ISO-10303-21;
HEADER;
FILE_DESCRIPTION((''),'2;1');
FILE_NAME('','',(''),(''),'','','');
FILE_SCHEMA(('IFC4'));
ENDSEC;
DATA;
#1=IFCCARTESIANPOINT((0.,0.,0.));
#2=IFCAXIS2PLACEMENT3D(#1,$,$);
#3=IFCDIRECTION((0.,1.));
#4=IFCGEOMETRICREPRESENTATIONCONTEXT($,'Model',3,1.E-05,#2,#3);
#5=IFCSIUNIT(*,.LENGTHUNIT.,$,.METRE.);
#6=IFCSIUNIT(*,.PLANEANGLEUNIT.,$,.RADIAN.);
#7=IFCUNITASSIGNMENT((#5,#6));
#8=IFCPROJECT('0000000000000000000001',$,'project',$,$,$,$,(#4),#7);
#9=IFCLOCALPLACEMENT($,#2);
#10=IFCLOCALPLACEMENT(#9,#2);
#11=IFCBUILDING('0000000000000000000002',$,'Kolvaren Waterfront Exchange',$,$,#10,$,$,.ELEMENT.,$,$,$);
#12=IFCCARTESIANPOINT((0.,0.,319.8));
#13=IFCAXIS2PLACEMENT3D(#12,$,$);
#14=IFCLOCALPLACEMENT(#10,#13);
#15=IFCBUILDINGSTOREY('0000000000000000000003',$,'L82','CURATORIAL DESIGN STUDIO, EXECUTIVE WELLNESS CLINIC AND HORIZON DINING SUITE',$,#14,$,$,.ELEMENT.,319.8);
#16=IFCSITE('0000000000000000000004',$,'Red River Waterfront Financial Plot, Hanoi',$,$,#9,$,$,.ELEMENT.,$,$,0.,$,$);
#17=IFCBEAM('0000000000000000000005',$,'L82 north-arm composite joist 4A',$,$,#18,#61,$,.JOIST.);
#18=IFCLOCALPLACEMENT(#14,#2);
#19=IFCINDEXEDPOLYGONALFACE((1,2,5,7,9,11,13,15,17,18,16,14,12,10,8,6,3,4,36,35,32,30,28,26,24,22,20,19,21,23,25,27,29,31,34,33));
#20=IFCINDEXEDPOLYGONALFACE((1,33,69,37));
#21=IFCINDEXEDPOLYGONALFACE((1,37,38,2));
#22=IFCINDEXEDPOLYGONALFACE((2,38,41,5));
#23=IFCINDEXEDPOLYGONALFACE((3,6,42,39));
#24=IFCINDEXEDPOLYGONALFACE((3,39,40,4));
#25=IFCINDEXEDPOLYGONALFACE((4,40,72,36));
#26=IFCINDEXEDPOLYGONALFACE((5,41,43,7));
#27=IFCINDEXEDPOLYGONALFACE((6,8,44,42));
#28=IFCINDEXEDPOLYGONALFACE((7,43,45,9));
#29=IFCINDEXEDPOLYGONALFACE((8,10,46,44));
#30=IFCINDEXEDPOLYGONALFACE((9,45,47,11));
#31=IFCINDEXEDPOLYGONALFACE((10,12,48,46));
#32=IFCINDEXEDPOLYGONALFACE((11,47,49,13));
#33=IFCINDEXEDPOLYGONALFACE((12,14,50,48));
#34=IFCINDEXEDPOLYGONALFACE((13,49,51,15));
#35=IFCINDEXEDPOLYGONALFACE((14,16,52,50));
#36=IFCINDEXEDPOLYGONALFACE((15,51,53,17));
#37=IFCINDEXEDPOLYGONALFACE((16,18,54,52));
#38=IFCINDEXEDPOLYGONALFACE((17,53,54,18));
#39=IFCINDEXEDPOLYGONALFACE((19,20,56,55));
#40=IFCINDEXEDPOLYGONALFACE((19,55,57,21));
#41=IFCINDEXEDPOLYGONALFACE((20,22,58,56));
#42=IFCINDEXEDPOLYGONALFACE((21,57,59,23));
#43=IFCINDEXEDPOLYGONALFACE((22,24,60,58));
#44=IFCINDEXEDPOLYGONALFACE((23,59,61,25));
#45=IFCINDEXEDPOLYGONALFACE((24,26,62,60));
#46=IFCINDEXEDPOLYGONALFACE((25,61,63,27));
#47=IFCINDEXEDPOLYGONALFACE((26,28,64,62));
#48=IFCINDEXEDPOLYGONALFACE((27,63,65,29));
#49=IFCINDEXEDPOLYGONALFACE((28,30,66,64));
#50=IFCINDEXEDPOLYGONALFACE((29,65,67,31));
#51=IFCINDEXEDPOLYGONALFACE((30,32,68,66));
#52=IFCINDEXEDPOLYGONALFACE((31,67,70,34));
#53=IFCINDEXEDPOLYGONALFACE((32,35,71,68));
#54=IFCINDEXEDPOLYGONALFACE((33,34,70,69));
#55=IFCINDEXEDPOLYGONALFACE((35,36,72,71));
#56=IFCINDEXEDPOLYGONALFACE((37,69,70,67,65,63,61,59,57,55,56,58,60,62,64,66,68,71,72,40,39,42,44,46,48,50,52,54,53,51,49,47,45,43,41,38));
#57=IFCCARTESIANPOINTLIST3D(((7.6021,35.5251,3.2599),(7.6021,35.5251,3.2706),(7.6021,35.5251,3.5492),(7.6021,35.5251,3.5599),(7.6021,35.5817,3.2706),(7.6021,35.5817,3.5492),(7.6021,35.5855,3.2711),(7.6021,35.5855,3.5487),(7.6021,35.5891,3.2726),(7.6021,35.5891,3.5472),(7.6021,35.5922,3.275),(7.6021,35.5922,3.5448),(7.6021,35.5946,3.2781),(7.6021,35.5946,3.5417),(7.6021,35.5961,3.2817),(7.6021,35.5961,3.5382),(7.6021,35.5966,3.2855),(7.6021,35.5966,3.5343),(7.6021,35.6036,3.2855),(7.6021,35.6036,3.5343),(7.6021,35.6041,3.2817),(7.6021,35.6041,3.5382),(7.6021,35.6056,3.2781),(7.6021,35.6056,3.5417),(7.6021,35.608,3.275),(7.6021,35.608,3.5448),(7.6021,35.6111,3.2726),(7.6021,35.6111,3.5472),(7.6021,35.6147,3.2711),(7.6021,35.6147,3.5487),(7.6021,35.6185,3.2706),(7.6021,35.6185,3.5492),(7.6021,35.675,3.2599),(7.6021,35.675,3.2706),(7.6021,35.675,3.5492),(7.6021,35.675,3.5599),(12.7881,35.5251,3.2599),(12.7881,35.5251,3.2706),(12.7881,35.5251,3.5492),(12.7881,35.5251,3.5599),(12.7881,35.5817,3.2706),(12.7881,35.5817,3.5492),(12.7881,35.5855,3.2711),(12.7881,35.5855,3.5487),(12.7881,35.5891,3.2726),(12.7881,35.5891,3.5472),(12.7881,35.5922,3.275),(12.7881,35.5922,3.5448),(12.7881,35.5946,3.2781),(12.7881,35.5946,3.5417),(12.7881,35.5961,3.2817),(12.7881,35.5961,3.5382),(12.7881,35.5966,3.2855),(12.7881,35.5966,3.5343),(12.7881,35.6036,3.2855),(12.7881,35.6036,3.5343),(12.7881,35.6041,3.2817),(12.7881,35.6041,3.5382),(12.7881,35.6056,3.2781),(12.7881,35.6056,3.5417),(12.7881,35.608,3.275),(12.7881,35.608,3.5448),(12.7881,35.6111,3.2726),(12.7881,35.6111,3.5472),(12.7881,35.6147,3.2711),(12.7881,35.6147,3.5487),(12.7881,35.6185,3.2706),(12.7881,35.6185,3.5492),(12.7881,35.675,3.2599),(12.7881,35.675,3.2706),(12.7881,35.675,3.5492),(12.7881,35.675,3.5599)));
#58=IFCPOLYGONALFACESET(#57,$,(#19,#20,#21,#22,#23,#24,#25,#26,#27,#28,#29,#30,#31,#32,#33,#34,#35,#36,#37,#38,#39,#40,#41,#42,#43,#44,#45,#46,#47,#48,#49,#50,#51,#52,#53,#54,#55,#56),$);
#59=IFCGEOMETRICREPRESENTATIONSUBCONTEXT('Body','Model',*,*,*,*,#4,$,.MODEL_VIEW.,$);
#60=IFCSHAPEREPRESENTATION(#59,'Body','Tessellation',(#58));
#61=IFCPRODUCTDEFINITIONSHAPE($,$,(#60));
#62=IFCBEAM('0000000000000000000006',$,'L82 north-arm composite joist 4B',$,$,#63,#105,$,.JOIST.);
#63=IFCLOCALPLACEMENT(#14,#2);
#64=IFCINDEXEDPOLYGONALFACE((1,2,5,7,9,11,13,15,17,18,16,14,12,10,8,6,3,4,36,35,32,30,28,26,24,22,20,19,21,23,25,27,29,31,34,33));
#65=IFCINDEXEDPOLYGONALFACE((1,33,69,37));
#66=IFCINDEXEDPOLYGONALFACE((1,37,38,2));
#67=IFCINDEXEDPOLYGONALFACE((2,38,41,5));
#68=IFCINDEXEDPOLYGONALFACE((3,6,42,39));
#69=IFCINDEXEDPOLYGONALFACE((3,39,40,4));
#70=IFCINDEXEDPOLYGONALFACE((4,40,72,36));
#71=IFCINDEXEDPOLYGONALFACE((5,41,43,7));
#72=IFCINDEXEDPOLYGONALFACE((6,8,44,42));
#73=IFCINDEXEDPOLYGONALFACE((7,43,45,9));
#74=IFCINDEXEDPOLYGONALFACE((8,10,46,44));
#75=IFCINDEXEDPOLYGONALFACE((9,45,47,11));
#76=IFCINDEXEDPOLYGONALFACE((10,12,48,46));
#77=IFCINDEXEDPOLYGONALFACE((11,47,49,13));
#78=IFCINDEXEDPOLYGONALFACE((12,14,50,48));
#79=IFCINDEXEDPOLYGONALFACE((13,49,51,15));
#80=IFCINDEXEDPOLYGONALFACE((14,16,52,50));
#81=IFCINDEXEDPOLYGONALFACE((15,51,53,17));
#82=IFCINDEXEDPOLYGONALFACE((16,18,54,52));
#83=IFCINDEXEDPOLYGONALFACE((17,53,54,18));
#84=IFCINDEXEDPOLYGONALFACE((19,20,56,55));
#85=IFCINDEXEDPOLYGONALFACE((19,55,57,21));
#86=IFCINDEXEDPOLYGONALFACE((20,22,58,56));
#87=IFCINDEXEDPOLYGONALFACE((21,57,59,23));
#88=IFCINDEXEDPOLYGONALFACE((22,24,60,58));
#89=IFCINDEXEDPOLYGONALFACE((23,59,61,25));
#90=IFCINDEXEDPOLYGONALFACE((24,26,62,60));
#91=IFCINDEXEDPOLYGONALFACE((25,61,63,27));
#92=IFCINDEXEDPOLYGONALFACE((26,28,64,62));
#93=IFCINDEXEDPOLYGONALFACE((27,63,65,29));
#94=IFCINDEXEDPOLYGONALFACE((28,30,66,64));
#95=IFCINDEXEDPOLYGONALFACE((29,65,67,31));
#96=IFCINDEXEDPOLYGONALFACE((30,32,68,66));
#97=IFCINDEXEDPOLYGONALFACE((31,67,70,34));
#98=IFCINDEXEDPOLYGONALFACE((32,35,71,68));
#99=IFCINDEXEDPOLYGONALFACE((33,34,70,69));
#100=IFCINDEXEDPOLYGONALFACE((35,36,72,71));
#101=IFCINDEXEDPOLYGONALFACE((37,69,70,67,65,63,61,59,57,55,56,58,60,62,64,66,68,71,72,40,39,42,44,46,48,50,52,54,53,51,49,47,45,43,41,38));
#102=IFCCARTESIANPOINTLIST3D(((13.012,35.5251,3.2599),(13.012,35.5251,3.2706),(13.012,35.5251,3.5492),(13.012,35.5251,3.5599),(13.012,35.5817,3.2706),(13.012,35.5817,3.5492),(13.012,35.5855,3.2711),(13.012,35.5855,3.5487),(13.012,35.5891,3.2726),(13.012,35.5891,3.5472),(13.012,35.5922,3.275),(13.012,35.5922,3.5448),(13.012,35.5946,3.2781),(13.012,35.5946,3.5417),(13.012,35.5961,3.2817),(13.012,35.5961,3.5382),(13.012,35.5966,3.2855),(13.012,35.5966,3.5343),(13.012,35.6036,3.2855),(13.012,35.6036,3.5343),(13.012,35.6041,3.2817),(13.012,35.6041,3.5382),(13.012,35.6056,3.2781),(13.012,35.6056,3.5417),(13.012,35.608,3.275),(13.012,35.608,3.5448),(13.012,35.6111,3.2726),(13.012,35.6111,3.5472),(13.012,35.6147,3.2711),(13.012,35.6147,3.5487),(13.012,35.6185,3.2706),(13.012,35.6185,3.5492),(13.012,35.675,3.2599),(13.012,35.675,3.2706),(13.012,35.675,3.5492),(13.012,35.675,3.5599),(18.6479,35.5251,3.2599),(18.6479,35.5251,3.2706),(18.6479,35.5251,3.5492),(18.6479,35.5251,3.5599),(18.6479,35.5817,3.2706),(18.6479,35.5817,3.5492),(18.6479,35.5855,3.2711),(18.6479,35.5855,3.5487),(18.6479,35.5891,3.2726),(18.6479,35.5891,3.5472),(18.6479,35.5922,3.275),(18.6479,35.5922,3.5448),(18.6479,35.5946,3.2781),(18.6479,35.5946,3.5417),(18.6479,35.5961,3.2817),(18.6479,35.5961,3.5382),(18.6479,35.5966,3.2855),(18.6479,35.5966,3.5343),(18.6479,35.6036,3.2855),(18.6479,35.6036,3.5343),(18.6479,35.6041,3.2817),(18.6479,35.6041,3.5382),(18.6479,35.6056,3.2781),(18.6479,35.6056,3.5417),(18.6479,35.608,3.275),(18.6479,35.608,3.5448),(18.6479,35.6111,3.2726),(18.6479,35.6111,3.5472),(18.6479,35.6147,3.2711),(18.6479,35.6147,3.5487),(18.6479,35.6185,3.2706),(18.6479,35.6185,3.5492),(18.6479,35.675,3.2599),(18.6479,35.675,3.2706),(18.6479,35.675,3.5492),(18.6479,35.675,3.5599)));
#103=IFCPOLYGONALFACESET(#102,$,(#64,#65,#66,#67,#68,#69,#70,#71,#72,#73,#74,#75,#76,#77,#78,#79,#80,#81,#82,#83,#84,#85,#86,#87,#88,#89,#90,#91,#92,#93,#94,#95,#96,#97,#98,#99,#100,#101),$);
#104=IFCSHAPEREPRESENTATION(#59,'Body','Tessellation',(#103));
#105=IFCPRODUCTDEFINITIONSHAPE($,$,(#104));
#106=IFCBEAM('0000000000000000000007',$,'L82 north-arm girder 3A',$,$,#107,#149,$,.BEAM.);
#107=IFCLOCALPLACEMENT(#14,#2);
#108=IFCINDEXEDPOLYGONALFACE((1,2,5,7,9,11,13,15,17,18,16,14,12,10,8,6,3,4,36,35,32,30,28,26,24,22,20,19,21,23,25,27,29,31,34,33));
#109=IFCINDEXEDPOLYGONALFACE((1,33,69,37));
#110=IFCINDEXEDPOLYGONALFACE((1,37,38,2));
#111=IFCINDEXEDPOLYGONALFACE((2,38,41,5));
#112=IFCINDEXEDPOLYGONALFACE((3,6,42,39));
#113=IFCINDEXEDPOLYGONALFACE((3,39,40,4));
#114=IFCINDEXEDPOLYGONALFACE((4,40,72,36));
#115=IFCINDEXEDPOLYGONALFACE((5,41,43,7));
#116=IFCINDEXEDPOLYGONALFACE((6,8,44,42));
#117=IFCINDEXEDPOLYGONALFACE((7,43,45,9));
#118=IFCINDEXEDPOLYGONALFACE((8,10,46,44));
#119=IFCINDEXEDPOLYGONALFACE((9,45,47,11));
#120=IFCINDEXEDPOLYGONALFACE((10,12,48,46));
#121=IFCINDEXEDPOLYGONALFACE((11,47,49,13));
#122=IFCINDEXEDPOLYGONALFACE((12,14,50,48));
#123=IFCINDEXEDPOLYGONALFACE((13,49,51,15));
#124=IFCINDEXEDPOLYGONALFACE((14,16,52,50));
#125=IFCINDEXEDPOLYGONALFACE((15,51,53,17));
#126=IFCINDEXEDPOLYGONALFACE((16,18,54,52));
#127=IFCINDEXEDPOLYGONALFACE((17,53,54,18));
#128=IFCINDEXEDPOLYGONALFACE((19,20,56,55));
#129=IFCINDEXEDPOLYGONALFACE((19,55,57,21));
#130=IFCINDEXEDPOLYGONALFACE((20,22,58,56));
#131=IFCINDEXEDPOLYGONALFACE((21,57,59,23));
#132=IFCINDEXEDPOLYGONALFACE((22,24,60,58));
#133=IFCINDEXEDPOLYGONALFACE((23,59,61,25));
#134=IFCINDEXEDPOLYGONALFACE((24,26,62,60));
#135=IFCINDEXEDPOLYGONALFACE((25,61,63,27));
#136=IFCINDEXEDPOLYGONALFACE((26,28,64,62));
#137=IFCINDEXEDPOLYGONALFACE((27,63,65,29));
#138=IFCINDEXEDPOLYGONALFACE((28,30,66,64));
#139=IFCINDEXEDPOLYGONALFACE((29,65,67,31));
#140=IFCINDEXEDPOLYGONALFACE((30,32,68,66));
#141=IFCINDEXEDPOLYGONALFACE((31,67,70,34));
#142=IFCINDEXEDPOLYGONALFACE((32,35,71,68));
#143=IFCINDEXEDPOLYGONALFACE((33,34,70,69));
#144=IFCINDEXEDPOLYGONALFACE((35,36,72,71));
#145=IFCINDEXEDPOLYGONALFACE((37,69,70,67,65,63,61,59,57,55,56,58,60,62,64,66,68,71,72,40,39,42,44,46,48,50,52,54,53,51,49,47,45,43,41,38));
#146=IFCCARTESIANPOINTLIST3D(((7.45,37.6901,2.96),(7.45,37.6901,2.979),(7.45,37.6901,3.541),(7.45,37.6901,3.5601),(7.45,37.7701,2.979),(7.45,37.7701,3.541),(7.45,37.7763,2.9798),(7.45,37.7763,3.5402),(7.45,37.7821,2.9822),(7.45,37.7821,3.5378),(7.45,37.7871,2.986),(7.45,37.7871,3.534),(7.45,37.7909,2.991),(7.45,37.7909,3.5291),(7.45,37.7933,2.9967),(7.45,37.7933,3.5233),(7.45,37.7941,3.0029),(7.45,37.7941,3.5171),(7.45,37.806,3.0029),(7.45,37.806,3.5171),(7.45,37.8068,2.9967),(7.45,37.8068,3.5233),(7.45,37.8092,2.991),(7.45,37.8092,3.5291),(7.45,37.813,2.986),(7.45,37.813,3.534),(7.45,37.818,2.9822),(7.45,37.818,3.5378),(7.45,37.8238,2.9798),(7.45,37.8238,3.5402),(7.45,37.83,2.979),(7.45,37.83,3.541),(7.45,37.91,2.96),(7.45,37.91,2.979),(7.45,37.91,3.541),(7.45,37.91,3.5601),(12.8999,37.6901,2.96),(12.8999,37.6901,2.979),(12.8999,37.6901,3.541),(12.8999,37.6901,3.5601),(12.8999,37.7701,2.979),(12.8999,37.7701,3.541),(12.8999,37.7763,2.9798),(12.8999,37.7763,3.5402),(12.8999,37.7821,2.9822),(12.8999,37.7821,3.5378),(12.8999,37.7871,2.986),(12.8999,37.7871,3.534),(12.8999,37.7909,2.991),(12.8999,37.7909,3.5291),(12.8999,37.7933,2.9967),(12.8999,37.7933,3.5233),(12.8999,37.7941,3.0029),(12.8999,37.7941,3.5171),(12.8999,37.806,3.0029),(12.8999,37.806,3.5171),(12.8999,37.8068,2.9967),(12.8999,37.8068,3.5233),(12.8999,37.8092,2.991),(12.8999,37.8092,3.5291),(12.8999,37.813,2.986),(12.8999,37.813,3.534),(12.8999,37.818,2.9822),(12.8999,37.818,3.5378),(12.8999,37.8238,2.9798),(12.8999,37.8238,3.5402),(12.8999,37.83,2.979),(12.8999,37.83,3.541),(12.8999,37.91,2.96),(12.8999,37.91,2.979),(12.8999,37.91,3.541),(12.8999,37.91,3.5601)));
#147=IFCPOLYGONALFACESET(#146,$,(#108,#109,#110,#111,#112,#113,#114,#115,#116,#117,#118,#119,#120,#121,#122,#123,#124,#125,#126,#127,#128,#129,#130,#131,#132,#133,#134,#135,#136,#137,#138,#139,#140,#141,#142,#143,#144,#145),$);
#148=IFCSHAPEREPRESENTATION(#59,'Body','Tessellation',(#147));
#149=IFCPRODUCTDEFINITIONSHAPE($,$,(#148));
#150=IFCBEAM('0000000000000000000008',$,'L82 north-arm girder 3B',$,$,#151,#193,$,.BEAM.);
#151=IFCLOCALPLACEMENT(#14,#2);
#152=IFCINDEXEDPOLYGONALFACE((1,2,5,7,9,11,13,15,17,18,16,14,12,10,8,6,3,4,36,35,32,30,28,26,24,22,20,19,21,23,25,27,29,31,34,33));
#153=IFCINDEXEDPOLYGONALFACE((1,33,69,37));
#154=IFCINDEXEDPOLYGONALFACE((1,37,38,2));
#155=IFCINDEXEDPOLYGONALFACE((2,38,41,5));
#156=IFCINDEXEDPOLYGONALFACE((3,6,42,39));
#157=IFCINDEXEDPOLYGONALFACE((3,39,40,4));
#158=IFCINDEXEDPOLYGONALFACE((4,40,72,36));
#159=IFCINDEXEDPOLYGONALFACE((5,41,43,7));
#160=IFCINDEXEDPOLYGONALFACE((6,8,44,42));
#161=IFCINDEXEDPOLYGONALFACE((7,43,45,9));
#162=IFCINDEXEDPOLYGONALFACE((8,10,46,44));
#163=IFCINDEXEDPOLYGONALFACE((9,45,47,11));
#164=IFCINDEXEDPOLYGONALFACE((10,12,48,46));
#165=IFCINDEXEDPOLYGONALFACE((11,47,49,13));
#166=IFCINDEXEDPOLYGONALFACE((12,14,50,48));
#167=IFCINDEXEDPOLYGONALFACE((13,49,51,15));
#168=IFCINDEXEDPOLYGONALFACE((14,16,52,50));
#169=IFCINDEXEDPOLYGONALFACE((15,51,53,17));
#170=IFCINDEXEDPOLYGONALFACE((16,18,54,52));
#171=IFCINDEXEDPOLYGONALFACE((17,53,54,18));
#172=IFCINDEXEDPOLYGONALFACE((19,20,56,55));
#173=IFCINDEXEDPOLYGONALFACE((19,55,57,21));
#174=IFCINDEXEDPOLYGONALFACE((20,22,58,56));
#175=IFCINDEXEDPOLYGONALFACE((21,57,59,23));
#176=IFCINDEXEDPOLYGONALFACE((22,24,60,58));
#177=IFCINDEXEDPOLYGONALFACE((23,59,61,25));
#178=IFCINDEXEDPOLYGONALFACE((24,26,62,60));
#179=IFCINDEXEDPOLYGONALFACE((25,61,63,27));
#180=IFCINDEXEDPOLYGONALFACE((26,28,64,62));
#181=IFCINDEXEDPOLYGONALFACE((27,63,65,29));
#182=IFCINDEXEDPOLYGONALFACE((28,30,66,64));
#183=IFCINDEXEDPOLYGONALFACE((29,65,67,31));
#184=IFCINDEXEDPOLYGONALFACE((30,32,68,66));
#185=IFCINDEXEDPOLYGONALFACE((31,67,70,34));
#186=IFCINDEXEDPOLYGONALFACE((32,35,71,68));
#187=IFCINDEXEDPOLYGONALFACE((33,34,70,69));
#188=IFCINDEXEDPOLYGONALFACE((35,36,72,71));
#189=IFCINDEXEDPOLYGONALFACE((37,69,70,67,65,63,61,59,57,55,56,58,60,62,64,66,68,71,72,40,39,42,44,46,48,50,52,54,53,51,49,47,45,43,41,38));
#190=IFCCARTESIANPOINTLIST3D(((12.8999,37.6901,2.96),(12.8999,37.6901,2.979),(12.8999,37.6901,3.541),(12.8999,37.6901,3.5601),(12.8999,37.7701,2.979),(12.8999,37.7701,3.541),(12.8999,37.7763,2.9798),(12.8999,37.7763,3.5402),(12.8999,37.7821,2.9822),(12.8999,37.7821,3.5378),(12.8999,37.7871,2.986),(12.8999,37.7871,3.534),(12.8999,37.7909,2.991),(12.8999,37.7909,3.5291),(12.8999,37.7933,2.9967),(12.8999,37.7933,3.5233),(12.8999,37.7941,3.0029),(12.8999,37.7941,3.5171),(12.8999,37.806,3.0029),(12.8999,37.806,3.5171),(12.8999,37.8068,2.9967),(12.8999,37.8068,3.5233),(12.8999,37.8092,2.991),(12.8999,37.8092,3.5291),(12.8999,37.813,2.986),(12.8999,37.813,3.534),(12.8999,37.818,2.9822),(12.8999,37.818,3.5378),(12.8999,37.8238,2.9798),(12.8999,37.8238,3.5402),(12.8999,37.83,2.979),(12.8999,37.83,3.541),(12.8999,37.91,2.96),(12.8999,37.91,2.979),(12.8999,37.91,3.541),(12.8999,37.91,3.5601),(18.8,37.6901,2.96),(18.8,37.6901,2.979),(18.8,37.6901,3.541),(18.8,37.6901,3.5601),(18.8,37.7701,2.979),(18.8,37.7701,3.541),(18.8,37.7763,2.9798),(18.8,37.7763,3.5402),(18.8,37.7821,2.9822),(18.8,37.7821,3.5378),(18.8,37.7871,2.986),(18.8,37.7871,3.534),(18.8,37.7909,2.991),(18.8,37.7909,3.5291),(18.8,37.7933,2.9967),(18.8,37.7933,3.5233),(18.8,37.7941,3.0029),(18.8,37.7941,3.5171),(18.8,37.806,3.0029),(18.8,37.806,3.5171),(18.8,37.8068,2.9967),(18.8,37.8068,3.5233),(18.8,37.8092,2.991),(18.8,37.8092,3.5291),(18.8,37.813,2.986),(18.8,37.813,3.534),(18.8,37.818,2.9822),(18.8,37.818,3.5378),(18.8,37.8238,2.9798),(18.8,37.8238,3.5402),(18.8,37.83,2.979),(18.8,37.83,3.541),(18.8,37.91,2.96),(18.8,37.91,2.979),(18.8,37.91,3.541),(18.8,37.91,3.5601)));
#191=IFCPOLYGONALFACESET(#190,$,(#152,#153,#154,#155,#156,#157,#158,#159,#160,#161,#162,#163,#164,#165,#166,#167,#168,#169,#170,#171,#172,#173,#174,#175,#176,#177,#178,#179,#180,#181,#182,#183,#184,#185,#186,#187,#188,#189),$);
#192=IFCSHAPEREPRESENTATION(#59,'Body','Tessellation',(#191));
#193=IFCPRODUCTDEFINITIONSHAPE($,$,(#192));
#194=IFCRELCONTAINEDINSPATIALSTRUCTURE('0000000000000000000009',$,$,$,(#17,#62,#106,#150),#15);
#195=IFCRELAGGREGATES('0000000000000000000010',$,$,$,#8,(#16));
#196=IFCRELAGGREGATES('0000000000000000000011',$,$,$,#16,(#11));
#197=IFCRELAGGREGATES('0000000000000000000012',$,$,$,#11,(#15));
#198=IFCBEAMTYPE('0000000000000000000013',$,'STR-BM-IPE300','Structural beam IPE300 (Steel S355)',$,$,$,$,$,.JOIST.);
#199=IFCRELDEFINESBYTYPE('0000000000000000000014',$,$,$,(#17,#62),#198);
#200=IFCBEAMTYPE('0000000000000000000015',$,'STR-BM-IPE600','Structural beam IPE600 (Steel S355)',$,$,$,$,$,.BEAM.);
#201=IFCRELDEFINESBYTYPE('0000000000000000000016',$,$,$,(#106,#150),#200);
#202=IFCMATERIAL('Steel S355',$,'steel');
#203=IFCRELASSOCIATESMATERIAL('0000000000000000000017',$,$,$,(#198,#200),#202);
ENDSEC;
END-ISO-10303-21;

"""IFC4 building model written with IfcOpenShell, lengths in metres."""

from ifc_helpers import new_model, si_unit, direction, frame, origin, origin_2d, place, context, subcontext, project, spatial, i_section, extrude, material, material_profile, profile_set, type_object, element, save


model = new_model("IFC4")

# Units and contexts
model_context = context("Model", 3, precision=1e-05, world=origin(), true_north=direction((0.0, 1.0)))
body_context = subcontext(model_context, "Body", "Model", "MODEL_VIEW")
ifc_project = project(units=[si_unit("LENGTHUNIT", "METRE"), si_unit("PLANEANGLEUNIT", "RADIAN")], contexts=[model_context])

# Site, building, storey
site_placement = place(None, origin())
site = spatial("IfcSite", under=ifc_project, at=site_placement, Name="Red River Waterfront Financial Plot, Hanoi", CompositionType="ELEMENT", RefElevation=0.0)
building_placement = place(site_placement, origin())
building = spatial("IfcBuilding", under=site, at=building_placement, Name="Kolvaren Waterfront Exchange", CompositionType="ELEMENT")
storey_placement = place(building_placement, frame((0.0, 0.0, 319.8)))
storey = spatial("IfcBuildingStorey", under=building, at=storey_placement, Name="L82", Description="CURATORIAL DESIGN STUDIO, EXECUTIVE WELLNESS CLINIC AND HORIZON DINING SUITE", CompositionType="ELEMENT", Elevation=319.8)

# Beams
ifc_material_1 = material(Name="Steel S355", Category="steel")
ifc_material_profile_1 = material_profile(ifc_material_1, i_section(OverallWidth=0.1499, OverallDepth=0.3, WebThickness=0.0071, FlangeThickness=0.0107, FilletRadius=0.0149, at=origin_2d()), Name="IPE300")
ifc_profile_set_1 = profile_set([ifc_material_profile_1], Name="Steel S355")
beam_type_1 = type_object("IfcBeamType", Name="STR-BM-IPE300", Description="Structural beam IPE300 (Steel S355)", PredefinedType="JOIST", material=ifc_profile_set_1)
beam_1_placement = place(storey_placement, frame((7.6021, 35.6001, 3.4099), z_axis=(1.0, 0.0, 0.0), x_axis=(0.0, 1.0, 0.0)))
element("IfcBeam", 1, at=beam_1_placement, inside=storey, type_object=beam_type_1, Name="L82 north-arm composite joist 4A", PredefinedType="JOIST", context=body_context, shape_type="SweptSolid", body=[
    extrude(i_section(OverallWidth=0.1499, OverallDepth=0.3, WebThickness=0.0071, FlangeThickness=0.0107, FilletRadius=0.0149, at=origin_2d()), origin(), (0.0, 0.0, 1.0), 5.186),
])
beam_2_placement = place(storey_placement, frame((13.012, 35.6001, 3.4099), z_axis=(1.0, 0.0, 0.0), x_axis=(0.0, 1.0, 0.0)))
element("IfcBeam", 2, at=beam_2_placement, inside=storey, type_object=beam_type_1, Name="L82 north-arm composite joist 4B", PredefinedType="JOIST", context=body_context, shape_type="SweptSolid", body=[
    extrude(i_section(OverallWidth=0.1499, OverallDepth=0.3, WebThickness=0.0071, FlangeThickness=0.0107, FilletRadius=0.0149, at=origin_2d()), origin(), (0.0, 0.0, 1.0), 5.636),
])
ifc_material_profile_2 = material_profile(ifc_material_1, i_section(OverallWidth=0.22, OverallDepth=0.6001, WebThickness=0.012, FlangeThickness=0.019, FilletRadius=0.0239, at=origin_2d()), Name="IPE600")
ifc_profile_set_2 = profile_set([ifc_material_profile_2], Name="Steel S355")
beam_type_2 = type_object("IfcBeamType", Name="STR-BM-IPE600", Description="Structural beam IPE600 (Steel S355)", PredefinedType="BEAM", material=ifc_profile_set_2)
beam_3_placement = place(storey_placement, frame((7.45, 37.8, 3.26), z_axis=(1.0, 0.0, 0.0), x_axis=(0.0, 1.0, 0.0)))
element("IfcBeam", 3, at=beam_3_placement, inside=storey, type_object=beam_type_2, Name="L82 north-arm girder 3A", PredefinedType="BEAM", context=body_context, shape_type="SweptSolid", body=[
    extrude(i_section(OverallWidth=0.22, OverallDepth=0.6001, WebThickness=0.012, FlangeThickness=0.019, FilletRadius=0.0239, at=origin_2d()), origin(), (0.0, 0.0, 1.0), 5.45),
])
beam_4_placement = place(storey_placement, frame((12.8999, 37.8, 3.26), z_axis=(1.0, 0.0, 0.0), x_axis=(0.0, 1.0, 0.0)))
element("IfcBeam", 4, at=beam_4_placement, inside=storey, type_object=beam_type_2, Name="L82 north-arm girder 3B", PredefinedType="BEAM", context=body_context, shape_type="SweptSolid", body=[
    extrude(i_section(OverallWidth=0.22, OverallDepth=0.6001, WebThickness=0.012, FlangeThickness=0.019, FilletRadius=0.0239, at=origin_2d()), origin(), (0.0, 0.0, 1.0), 5.9001),
])

save(model, "model.ifc")
